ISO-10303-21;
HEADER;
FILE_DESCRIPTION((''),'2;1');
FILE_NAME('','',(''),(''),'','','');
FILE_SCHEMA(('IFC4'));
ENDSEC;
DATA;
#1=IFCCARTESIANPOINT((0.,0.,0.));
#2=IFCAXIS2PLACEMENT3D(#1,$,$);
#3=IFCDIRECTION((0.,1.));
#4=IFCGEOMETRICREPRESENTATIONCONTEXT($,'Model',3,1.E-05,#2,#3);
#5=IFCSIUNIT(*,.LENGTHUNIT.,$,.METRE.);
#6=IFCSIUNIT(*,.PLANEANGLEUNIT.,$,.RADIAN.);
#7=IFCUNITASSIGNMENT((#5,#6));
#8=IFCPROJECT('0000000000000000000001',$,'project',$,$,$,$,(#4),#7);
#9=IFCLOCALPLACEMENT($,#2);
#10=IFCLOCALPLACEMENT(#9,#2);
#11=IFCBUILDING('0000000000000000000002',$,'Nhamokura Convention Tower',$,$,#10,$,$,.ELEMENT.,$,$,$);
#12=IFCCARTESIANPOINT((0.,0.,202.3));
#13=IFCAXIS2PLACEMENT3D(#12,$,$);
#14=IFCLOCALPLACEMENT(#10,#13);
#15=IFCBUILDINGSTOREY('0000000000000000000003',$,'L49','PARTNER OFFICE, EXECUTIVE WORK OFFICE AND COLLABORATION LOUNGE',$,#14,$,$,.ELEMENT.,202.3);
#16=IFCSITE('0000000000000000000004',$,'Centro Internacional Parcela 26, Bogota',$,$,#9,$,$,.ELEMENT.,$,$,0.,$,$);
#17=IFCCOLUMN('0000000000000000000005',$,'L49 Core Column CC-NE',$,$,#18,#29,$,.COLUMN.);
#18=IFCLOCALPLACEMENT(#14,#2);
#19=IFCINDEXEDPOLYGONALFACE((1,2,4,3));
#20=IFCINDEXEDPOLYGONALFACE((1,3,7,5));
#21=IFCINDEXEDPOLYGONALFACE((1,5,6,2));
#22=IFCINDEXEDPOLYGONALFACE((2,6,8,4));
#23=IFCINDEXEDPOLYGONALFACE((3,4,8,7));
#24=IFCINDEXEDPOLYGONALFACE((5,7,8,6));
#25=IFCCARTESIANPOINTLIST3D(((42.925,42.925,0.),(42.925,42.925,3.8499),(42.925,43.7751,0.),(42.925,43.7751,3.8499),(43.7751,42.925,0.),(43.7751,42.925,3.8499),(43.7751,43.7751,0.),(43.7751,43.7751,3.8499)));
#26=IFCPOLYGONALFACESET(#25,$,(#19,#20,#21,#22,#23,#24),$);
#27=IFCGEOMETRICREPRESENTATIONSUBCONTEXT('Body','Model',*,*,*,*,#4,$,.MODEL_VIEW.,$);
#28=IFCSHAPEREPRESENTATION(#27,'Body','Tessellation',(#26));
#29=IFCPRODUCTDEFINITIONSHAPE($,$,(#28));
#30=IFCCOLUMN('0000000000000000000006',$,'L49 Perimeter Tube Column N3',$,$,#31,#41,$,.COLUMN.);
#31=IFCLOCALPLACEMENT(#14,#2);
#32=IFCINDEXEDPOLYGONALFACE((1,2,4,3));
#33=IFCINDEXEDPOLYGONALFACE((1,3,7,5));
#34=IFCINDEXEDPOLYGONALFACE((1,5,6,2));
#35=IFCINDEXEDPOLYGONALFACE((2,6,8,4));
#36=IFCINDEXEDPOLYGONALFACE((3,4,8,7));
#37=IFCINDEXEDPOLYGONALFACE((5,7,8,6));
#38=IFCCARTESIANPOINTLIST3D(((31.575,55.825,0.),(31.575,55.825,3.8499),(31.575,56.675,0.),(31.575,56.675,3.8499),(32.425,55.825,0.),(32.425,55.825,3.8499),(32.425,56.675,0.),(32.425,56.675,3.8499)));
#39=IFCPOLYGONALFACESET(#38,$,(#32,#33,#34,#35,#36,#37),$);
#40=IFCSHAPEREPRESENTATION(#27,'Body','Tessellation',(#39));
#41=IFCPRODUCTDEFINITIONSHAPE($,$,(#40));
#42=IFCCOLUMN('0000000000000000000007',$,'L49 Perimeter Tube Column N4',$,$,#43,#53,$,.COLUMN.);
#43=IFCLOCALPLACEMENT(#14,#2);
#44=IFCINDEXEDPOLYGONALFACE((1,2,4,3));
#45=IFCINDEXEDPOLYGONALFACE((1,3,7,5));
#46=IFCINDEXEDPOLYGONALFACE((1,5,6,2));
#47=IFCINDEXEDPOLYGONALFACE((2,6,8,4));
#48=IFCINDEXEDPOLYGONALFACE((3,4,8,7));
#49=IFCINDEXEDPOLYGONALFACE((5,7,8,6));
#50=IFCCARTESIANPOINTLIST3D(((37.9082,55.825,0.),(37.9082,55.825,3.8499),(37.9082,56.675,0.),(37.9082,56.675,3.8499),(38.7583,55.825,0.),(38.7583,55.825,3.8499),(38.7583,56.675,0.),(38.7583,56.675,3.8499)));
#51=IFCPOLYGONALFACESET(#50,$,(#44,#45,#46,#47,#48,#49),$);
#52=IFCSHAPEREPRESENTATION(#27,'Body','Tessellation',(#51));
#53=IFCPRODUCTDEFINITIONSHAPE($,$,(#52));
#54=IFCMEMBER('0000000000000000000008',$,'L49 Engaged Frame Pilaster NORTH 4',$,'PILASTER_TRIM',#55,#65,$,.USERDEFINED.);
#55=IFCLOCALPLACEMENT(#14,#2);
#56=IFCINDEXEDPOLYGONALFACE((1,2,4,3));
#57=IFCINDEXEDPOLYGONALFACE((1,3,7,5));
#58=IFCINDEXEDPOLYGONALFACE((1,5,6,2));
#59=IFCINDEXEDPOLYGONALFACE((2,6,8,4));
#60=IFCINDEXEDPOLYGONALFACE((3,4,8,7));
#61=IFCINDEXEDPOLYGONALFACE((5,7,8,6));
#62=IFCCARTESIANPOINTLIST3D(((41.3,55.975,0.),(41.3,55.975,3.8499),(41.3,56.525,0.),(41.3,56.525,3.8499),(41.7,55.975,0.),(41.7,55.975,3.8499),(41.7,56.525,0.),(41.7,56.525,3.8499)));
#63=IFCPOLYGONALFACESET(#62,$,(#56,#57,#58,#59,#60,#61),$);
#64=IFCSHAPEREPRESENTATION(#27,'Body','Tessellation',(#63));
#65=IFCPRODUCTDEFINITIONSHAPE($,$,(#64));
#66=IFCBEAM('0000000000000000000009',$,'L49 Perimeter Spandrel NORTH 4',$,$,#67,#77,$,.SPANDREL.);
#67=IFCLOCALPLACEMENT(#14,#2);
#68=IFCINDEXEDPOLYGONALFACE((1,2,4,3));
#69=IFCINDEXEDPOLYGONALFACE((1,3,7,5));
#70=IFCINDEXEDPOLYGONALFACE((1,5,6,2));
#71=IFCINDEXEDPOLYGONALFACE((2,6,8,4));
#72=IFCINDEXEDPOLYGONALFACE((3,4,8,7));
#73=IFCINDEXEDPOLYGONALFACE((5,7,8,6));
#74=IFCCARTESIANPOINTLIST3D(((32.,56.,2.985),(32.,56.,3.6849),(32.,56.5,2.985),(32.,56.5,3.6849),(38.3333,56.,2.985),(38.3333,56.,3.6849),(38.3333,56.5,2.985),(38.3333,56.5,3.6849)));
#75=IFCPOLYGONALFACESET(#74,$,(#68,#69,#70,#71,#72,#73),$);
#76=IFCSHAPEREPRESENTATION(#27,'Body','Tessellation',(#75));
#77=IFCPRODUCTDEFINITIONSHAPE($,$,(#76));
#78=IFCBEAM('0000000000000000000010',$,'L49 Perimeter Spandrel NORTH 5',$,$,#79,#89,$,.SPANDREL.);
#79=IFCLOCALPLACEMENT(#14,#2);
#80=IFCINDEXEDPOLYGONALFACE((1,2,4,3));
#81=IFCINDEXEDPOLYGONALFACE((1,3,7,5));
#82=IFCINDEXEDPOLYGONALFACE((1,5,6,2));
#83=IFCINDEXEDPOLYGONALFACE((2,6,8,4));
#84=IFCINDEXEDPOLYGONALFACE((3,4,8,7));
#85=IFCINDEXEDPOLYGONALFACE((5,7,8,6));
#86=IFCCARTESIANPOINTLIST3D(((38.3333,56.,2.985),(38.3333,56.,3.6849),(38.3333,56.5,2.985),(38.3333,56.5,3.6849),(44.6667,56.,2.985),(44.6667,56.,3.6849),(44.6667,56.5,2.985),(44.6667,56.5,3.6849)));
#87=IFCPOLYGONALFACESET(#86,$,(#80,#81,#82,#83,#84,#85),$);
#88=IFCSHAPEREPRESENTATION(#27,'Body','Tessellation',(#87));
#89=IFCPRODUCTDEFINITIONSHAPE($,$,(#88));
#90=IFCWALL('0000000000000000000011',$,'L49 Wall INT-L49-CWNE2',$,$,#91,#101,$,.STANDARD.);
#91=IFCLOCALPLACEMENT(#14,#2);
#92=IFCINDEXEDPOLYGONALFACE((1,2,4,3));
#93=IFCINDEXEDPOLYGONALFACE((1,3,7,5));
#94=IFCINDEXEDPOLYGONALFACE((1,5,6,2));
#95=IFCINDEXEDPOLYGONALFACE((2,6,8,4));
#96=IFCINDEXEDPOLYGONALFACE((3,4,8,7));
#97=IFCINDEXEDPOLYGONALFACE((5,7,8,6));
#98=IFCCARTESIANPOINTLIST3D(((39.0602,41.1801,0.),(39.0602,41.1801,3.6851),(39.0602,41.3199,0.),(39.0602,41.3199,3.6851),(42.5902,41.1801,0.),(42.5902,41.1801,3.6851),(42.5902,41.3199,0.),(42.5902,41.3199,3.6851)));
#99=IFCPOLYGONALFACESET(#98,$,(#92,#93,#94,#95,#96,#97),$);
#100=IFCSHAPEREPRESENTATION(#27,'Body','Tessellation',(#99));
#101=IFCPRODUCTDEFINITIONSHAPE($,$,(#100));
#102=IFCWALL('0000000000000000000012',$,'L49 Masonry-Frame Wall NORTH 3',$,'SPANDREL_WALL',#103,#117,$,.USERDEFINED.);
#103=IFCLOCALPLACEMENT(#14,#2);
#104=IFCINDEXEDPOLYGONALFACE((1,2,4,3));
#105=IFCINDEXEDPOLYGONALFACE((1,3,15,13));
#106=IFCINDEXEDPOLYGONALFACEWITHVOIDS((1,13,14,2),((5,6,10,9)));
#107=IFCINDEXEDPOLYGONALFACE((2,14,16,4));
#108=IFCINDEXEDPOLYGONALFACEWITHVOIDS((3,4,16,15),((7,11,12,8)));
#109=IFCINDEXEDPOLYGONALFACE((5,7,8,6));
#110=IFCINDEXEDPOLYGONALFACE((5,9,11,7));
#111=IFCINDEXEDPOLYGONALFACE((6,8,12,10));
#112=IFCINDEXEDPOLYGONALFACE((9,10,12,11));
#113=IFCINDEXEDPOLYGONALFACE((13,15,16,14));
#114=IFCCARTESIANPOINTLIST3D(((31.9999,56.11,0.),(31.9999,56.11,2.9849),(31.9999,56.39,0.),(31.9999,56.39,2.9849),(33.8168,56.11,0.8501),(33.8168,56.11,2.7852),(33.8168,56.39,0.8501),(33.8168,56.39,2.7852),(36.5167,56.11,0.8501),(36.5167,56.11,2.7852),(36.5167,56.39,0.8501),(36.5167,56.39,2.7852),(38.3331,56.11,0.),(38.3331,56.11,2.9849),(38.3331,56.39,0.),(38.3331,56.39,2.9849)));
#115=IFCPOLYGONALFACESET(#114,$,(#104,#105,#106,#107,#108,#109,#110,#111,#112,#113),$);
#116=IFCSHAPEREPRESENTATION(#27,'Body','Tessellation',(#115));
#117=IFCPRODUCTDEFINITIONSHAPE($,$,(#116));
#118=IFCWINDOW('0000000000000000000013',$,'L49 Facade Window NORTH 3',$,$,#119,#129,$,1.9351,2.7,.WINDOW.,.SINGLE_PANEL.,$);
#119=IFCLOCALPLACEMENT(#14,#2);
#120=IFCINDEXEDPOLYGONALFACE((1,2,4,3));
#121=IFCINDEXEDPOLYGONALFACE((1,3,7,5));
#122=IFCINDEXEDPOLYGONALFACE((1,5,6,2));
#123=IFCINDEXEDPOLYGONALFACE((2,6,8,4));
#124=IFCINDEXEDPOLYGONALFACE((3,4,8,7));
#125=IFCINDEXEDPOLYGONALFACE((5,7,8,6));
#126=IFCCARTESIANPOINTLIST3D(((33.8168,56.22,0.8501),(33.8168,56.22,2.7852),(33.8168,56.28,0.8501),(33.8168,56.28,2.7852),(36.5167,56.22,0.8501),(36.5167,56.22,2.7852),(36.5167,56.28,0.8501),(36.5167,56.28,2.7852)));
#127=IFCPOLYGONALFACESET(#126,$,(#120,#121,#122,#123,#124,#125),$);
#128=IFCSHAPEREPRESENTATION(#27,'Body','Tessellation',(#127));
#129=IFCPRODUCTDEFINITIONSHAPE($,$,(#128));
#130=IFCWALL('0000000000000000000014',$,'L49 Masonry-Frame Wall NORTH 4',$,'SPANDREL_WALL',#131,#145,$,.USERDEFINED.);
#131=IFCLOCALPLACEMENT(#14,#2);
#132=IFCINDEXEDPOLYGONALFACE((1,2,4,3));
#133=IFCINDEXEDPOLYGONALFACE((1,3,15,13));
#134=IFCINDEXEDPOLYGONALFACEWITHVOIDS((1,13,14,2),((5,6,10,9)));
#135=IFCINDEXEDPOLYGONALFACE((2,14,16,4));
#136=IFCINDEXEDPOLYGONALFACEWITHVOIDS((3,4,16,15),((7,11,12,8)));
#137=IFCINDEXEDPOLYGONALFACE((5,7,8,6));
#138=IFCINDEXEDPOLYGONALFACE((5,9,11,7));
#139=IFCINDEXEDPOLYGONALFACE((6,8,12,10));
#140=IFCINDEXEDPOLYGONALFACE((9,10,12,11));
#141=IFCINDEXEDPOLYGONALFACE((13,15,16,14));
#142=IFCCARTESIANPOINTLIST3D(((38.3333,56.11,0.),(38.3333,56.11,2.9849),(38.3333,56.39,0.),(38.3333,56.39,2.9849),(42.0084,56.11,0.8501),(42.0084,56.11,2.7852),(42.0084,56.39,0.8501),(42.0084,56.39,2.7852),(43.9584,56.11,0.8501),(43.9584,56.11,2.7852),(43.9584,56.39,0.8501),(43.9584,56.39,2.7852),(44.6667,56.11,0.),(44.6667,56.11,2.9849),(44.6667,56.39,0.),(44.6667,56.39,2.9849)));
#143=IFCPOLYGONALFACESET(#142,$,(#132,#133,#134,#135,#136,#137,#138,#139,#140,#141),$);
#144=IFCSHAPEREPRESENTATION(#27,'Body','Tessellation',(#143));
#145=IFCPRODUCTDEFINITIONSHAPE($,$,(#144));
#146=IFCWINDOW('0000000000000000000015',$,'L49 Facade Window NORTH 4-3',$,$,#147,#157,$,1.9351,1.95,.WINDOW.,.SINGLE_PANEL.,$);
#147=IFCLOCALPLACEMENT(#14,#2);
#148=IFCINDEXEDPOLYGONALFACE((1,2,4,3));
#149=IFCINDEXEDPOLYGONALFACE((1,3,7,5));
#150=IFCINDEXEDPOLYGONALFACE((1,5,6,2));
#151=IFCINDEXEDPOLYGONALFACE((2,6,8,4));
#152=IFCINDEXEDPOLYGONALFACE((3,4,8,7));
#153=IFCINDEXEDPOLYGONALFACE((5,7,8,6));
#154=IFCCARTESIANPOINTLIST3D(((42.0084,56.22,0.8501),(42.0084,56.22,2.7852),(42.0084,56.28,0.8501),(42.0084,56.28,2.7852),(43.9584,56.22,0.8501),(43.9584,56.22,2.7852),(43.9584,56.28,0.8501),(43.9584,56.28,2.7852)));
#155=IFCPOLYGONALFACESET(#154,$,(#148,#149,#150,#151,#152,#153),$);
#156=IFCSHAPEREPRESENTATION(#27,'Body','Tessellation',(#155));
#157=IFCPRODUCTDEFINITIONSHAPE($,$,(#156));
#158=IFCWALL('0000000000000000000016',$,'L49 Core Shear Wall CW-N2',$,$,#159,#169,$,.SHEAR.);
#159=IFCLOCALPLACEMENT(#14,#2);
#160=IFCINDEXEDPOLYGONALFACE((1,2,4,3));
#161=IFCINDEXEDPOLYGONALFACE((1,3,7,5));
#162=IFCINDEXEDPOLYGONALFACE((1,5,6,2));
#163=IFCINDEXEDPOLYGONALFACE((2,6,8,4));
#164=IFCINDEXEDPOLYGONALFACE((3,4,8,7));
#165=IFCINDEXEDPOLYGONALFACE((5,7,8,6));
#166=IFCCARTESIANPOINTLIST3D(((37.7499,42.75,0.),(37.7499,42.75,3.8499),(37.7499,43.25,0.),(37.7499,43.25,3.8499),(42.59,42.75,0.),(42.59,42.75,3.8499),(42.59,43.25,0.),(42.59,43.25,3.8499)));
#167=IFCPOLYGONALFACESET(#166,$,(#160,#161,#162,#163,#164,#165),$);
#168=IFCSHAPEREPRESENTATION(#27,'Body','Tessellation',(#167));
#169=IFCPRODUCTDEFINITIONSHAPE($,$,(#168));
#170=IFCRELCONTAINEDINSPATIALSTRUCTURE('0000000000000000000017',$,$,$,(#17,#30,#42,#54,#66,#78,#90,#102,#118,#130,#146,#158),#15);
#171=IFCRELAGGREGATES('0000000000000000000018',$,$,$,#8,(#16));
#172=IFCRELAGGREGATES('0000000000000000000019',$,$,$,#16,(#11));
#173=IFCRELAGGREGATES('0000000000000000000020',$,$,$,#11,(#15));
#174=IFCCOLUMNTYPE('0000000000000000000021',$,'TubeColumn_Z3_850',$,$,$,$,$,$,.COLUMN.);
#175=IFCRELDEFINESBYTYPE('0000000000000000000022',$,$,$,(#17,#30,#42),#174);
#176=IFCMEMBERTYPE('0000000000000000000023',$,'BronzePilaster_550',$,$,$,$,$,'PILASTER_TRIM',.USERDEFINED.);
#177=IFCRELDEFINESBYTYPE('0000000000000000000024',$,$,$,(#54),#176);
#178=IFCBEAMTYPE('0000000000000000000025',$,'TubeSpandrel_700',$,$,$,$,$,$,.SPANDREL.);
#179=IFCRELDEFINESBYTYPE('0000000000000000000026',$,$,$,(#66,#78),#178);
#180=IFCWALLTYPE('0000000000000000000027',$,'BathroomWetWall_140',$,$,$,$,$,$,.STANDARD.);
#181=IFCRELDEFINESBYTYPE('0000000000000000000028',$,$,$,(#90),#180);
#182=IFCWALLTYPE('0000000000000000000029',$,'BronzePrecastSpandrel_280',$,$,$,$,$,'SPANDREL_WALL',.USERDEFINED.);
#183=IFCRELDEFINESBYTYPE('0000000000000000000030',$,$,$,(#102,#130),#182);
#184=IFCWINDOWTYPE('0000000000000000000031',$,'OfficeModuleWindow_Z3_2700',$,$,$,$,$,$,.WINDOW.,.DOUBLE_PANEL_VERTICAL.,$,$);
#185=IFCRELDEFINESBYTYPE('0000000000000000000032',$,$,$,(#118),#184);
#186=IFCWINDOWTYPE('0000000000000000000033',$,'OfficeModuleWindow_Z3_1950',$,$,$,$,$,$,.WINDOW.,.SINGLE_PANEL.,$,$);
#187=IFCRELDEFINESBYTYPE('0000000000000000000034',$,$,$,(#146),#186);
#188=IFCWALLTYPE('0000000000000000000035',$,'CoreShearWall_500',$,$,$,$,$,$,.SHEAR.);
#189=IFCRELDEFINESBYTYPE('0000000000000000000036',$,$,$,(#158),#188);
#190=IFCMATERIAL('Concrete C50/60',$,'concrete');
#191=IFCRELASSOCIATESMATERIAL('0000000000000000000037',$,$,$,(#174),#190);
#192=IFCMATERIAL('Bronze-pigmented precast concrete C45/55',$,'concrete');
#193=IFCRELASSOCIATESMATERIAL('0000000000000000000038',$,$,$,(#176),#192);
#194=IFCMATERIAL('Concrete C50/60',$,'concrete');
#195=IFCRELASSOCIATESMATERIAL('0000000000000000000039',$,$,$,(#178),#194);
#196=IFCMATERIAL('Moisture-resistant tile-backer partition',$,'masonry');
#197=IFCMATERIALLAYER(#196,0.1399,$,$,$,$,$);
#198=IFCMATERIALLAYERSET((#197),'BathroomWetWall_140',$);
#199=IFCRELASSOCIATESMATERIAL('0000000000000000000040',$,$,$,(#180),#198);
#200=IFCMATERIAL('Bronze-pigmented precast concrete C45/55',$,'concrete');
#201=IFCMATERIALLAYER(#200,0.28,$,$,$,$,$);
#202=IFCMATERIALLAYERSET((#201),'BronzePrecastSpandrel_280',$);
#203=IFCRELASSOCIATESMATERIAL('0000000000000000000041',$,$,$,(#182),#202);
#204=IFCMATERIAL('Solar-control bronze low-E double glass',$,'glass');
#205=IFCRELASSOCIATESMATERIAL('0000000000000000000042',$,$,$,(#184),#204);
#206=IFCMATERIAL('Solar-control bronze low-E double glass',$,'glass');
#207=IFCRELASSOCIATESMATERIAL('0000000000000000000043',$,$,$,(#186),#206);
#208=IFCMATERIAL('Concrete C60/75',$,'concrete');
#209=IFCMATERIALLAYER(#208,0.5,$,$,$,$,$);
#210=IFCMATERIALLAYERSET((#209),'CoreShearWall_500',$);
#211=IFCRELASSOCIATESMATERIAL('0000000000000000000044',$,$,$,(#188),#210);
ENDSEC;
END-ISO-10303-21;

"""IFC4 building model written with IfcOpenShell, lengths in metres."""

from ifc_helpers import new_model, si_unit, direction, frame, frame_2d, origin, origin_2d, place, context, subcontext, project, spatial, rectangle, extrude, material, layer, layer_set, material_profile, profile_set, type_object, element, fill, save


model = new_model("IFC4")

# Units and contexts
model_context = context("Model", 3, precision=1e-05, world=origin(), true_north=direction((0.0, 1.0)))
body_context = subcontext(model_context, "Body", "Model", "MODEL_VIEW")
ifc_project = project(units=[si_unit("LENGTHUNIT", "METRE"), si_unit("PLANEANGLEUNIT", "RADIAN")], contexts=[model_context])

# Site, building, storey
site_placement = place(None, origin())
site = spatial("IfcSite", under=ifc_project, at=site_placement, Name="Centro Internacional Parcela 26, Bogota", CompositionType="ELEMENT", RefElevation=0.0)
building_placement = place(site_placement, origin())
building = spatial("IfcBuilding", under=site, at=building_placement, Name="Nhamokura Convention Tower", CompositionType="ELEMENT")
storey_placement = place(building_placement, frame((0.0, 0.0, 202.3)))
storey = spatial("IfcBuildingStorey", under=building, at=storey_placement, Name="L49", Description="PARTNER OFFICE, EXECUTIVE WORK OFFICE AND COLLABORATION LOUNGE", CompositionType="ELEMENT", Elevation=202.3)

# Columns
ifc_material_1 = material(Name="Concrete C50/60", Category="concrete")
ifc_material_profile_1 = material_profile(ifc_material_1, rectangle(XDim=0.8501, YDim=0.8501, at=origin_2d()))
ifc_profile_set_1 = profile_set([ifc_material_profile_1], Name="Concrete C50/60")
column_type = type_object("IfcColumnType", Name="TubeColumn_Z3_850", PredefinedType="COLUMN", material=ifc_profile_set_1)
for number, where, z_axis, x_axis, name in (
    (1, (43.3501, 43.3501, 0.0), (0.0, 0.0, 1.0), (1.0, 0.0, 0.0), "L49 Core Column CC-NE"),
    (2, (32.0, 56.25, 0.0), (0.0, 0.0, 1.0), (1.0, 0.0, 0.0), "L49 Perimeter Tube Column N3"),
    (3, (38.3333, 56.25, 0.0), (0.0, 0.0, 1.0), (1.0, 0.0, 0.0), "L49 Perimeter Tube Column N4"),
):
    element("IfcColumn", number, at=place(storey_placement, frame(where, z_axis=z_axis, x_axis=x_axis)), inside=storey, type_object=column_type, Name=name, PredefinedType="COLUMN", context=body_context, shape_type="SweptSolid", body=[
        extrude(rectangle(XDim=0.8501, YDim=0.8501, at=origin_2d()), origin(), (0.0, 0.0, 1.0), 3.8499),
    ])

# Member
ifc_material_2 = material(Name="Bronze-pigmented precast concrete C45/55", Category="concrete")
ifc_material_profile_2 = material_profile(ifc_material_2, rectangle(XDim=0.3999, YDim=0.55, at=origin_2d()))
ifc_profile_set_2 = profile_set([ifc_material_profile_2], Name="Bronze-pigmented precast concrete C45/55")
member_type = type_object("IfcMemberType", Name="BronzePilaster_550", ElementType="PILASTER_TRIM", PredefinedType="USERDEFINED", material=ifc_profile_set_2)
member_placement = place(storey_placement, frame((41.5, 56.25, 0.0), z_axis=(0.0, 0.0, 1.0), x_axis=(1.0, 0.0, 0.0)))
element("IfcMember", 4, at=member_placement, inside=storey, type_object=member_type, Name="L49 Engaged Frame Pilaster NORTH 4", ObjectType="PILASTER_TRIM", PredefinedType="USERDEFINED", context=body_context, shape_type="SweptSolid", body=[
    extrude(rectangle(XDim=0.3999, YDim=0.55, at=origin_2d()), origin(), (0.0, 0.0, 1.0), 3.8499),
])

# Beams
ifc_material_3 = material(Name="Concrete C50/60", Category="concrete")
ifc_material_profile_3 = material_profile(ifc_material_3, rectangle(XDim=0.5, YDim=0.7, at=origin_2d()))
ifc_profile_set_3 = profile_set([ifc_material_profile_3], Name="Concrete C50/60")
beam_type = type_object("IfcBeamType", Name="TubeSpandrel_700", PredefinedType="SPANDREL", material=ifc_profile_set_3)
beam_1_placement = place(storey_placement, frame((32.0, 56.25, 3.335), z_axis=(1.0, 0.0, 0.0), x_axis=(0.0, 1.0, 0.0)))
element("IfcBeam", 5, at=beam_1_placement, inside=storey, type_object=beam_type, Name="L49 Perimeter Spandrel NORTH 4", PredefinedType="SPANDREL", context=body_context, shape_type="SweptSolid", body=[
    extrude(rectangle(XDim=0.5, YDim=0.7, at=origin_2d()), origin(), (0.0, 0.0, 1.0), 6.3333),
])
beam_2_placement = place(storey_placement, frame((38.3333, 56.25, 3.335), z_axis=(1.0, 0.0, 0.0), x_axis=(0.0, 1.0, 0.0)))
element("IfcBeam", 6, at=beam_2_placement, inside=storey, type_object=beam_type, Name="L49 Perimeter Spandrel NORTH 5", PredefinedType="SPANDREL", context=body_context, shape_type="SweptSolid", body=[
    extrude(rectangle(XDim=0.5, YDim=0.7, at=origin_2d()), origin(), (0.0, 0.0, 1.0), 6.3335),
])

# Wall
ifc_material_4 = material(Name="Moisture-resistant tile-backer partition", Category="masonry")
ifc_layer_1 = layer(ifc_material_4, 0.1399)
ifc_layer_set_1 = layer_set([ifc_layer_1], Name="BathroomWetWall_140")
wall_type_1 = type_object("IfcWallType", Name="BathroomWetWall_140", PredefinedType="STANDARD", material=ifc_layer_set_1)
wall_1_placement = place(storey_placement, frame((39.0601, 41.25, 0.0), z_axis=(0.0, 0.0, 1.0), x_axis=(1.0, 0.0, 0.0)))
element("IfcWall", 7, at=wall_1_placement, inside=storey, type_object=wall_type_1, Name="L49 Wall INT-L49-CWNE2", PredefinedType="STANDARD", context=body_context, shape_type="SweptSolid", body=[
    extrude(rectangle(XDim=3.53, YDim=0.1399, at=frame_2d((1.7651, 0.0))), origin(), (0.0, 0.0, 1.0), 3.6851),
])

# Walls, openings, windows
ifc_material_5 = material(Name="Bronze-pigmented precast concrete C45/55", Category="concrete")
ifc_layer_2 = layer(ifc_material_5, 0.28)
ifc_layer_set_2 = layer_set([ifc_layer_2], Name="BronzePrecastSpandrel_280")
wall_type_2 = type_object("IfcWallType", Name="BronzePrecastSpandrel_280", ElementType="SPANDREL_WALL", PredefinedType="USERDEFINED", material=ifc_layer_set_2)
wall_2_placement = place(storey_placement, frame((32.0, 56.25, 0.0), z_axis=(0.0, 0.0, 1.0), x_axis=(1.0, 0.0, 0.0)))
wall_2 = element("IfcWall", 8, at=wall_2_placement, inside=storey, type_object=wall_type_2, Name="L49 Masonry-Frame Wall NORTH 3", ObjectType="SPANDREL_WALL", PredefinedType="USERDEFINED", context=body_context, shape_type="SweptSolid", body=[
    extrude(rectangle(XDim=6.3333, YDim=0.28, at=frame_2d((3.1665, 0.0))), origin(), (0.0, 0.0, 1.0), 2.9849),
])
opening_1_placement = place(wall_2_placement, frame((1.8167, 0.0, 0.8501)))
opening_1 = element("IfcOpeningElement", 9, at=opening_1_placement, cuts=wall_2, PredefinedType="OPENING", context=body_context, shape_type="SweptSolid", body=[
    extrude(rectangle(XDim=2.7, YDim=1.9351, at=frame_2d((1.3501, 0.9675))), frame((0.0, 0.1499, 0.0), z_axis=(0.0, -1.0, 0.0), x_axis=(1.0, 0.0, 0.0)), (0.0, 0.0, 1.0), 0.3),
])
ifc_material_6 = material(Name="Solar-control bronze low-E double glass", Category="glass")
window_type_1 = type_object("IfcWindowType", Name="OfficeModuleWindow_Z3_2700", PartitioningType="DOUBLE_PANEL_VERTICAL", PredefinedType="WINDOW", material=ifc_material_6)
window_1_placement = place(opening_1_placement, origin())
window_1 = element("IfcWindow", 10, at=window_1_placement, inside=storey, type_object=window_type_1, Name="L49 Facade Window NORTH 3", OverallHeight=1.9351, OverallWidth=2.7, PartitioningType="SINGLE_PANEL", PredefinedType="WINDOW", context=body_context, shape_type="SweptSolid", body=[
    extrude(rectangle(XDim=2.7, YDim=1.9351, at=frame_2d((1.3501, 0.9675))), frame((0.0, 0.03, 0.0), z_axis=(0.0, -1.0, 0.0), x_axis=(1.0, 0.0, 0.0)), (0.0, 0.0, 1.0), 0.0601),
])
fill(opening_1, window_1)
wall_3_placement = place(storey_placement, frame((38.3333, 56.25, 0.0), z_axis=(0.0, 0.0, 1.0), x_axis=(1.0, 0.0, 0.0)))
wall_3 = element("IfcWall", 11, at=wall_3_placement, inside=storey, type_object=wall_type_2, Name="L49 Masonry-Frame Wall NORTH 4", ObjectType="SPANDREL_WALL", PredefinedType="USERDEFINED", context=body_context, shape_type="SweptSolid", body=[
    extrude(rectangle(XDim=6.3335, YDim=0.28, at=frame_2d((3.1667, 0.0))), origin(), (0.0, 0.0, 1.0), 2.9849),
])
opening_2_placement = place(wall_3_placement, frame((3.675, 0.0, 0.8501)))
opening_2 = element("IfcOpeningElement", 12, at=opening_2_placement, cuts=wall_3, PredefinedType="OPENING", context=body_context, shape_type="SweptSolid", body=[
    extrude(rectangle(XDim=1.95, YDim=1.9351, at=frame_2d((0.9751, 0.9675))), frame((0.0, 0.1499, 0.0), z_axis=(0.0, -1.0, 0.0), x_axis=(1.0, 0.0, 0.0)), (0.0, 0.0, 1.0), 0.3),
])
ifc_material_7 = material(Name="Solar-control bronze low-E double glass", Category="glass")
window_type_2 = type_object("IfcWindowType", Name="OfficeModuleWindow_Z3_1950", PartitioningType="SINGLE_PANEL", PredefinedType="WINDOW", material=ifc_material_7)
window_2_placement = place(opening_2_placement, origin())
window_2 = element("IfcWindow", 13, at=window_2_placement, inside=storey, type_object=window_type_2, Name="L49 Facade Window NORTH 4-3", OverallHeight=1.9351, OverallWidth=1.95, PartitioningType="SINGLE_PANEL", PredefinedType="WINDOW", context=body_context, shape_type="SweptSolid", body=[
    extrude(rectangle(XDim=1.95, YDim=1.9351, at=frame_2d((0.9751, 0.9675))), frame((0.0, 0.03, 0.0), z_axis=(0.0, -1.0, 0.0), x_axis=(1.0, 0.0, 0.0)), (0.0, 0.0, 1.0), 0.0601),
])
fill(opening_2, window_2)

# Wall
ifc_material_8 = material(Name="Concrete C60/75", Category="concrete")
ifc_layer_3 = layer(ifc_material_8, 0.5)
ifc_layer_set_3 = layer_set([ifc_layer_3], Name="CoreShearWall_500")
wall_type_3 = type_object("IfcWallType", Name="CoreShearWall_500", PredefinedType="SHEAR", material=ifc_layer_set_3)
wall_4_placement = place(storey_placement, frame((37.75, 43.0, 0.0), z_axis=(0.0, 0.0, 1.0), x_axis=(1.0, 0.0, 0.0)))
element("IfcWall", 14, at=wall_4_placement, inside=storey, type_object=wall_type_3, Name="L49 Core Shear Wall CW-N2", PredefinedType="SHEAR", context=body_context, shape_type="SweptSolid", body=[
    extrude(rectangle(XDim=4.8401, YDim=0.5, at=frame_2d((2.4199, 0.0))), origin(), (0.0, 0.0, 1.0), 3.8499),
])

save(model, "model.ifc")
